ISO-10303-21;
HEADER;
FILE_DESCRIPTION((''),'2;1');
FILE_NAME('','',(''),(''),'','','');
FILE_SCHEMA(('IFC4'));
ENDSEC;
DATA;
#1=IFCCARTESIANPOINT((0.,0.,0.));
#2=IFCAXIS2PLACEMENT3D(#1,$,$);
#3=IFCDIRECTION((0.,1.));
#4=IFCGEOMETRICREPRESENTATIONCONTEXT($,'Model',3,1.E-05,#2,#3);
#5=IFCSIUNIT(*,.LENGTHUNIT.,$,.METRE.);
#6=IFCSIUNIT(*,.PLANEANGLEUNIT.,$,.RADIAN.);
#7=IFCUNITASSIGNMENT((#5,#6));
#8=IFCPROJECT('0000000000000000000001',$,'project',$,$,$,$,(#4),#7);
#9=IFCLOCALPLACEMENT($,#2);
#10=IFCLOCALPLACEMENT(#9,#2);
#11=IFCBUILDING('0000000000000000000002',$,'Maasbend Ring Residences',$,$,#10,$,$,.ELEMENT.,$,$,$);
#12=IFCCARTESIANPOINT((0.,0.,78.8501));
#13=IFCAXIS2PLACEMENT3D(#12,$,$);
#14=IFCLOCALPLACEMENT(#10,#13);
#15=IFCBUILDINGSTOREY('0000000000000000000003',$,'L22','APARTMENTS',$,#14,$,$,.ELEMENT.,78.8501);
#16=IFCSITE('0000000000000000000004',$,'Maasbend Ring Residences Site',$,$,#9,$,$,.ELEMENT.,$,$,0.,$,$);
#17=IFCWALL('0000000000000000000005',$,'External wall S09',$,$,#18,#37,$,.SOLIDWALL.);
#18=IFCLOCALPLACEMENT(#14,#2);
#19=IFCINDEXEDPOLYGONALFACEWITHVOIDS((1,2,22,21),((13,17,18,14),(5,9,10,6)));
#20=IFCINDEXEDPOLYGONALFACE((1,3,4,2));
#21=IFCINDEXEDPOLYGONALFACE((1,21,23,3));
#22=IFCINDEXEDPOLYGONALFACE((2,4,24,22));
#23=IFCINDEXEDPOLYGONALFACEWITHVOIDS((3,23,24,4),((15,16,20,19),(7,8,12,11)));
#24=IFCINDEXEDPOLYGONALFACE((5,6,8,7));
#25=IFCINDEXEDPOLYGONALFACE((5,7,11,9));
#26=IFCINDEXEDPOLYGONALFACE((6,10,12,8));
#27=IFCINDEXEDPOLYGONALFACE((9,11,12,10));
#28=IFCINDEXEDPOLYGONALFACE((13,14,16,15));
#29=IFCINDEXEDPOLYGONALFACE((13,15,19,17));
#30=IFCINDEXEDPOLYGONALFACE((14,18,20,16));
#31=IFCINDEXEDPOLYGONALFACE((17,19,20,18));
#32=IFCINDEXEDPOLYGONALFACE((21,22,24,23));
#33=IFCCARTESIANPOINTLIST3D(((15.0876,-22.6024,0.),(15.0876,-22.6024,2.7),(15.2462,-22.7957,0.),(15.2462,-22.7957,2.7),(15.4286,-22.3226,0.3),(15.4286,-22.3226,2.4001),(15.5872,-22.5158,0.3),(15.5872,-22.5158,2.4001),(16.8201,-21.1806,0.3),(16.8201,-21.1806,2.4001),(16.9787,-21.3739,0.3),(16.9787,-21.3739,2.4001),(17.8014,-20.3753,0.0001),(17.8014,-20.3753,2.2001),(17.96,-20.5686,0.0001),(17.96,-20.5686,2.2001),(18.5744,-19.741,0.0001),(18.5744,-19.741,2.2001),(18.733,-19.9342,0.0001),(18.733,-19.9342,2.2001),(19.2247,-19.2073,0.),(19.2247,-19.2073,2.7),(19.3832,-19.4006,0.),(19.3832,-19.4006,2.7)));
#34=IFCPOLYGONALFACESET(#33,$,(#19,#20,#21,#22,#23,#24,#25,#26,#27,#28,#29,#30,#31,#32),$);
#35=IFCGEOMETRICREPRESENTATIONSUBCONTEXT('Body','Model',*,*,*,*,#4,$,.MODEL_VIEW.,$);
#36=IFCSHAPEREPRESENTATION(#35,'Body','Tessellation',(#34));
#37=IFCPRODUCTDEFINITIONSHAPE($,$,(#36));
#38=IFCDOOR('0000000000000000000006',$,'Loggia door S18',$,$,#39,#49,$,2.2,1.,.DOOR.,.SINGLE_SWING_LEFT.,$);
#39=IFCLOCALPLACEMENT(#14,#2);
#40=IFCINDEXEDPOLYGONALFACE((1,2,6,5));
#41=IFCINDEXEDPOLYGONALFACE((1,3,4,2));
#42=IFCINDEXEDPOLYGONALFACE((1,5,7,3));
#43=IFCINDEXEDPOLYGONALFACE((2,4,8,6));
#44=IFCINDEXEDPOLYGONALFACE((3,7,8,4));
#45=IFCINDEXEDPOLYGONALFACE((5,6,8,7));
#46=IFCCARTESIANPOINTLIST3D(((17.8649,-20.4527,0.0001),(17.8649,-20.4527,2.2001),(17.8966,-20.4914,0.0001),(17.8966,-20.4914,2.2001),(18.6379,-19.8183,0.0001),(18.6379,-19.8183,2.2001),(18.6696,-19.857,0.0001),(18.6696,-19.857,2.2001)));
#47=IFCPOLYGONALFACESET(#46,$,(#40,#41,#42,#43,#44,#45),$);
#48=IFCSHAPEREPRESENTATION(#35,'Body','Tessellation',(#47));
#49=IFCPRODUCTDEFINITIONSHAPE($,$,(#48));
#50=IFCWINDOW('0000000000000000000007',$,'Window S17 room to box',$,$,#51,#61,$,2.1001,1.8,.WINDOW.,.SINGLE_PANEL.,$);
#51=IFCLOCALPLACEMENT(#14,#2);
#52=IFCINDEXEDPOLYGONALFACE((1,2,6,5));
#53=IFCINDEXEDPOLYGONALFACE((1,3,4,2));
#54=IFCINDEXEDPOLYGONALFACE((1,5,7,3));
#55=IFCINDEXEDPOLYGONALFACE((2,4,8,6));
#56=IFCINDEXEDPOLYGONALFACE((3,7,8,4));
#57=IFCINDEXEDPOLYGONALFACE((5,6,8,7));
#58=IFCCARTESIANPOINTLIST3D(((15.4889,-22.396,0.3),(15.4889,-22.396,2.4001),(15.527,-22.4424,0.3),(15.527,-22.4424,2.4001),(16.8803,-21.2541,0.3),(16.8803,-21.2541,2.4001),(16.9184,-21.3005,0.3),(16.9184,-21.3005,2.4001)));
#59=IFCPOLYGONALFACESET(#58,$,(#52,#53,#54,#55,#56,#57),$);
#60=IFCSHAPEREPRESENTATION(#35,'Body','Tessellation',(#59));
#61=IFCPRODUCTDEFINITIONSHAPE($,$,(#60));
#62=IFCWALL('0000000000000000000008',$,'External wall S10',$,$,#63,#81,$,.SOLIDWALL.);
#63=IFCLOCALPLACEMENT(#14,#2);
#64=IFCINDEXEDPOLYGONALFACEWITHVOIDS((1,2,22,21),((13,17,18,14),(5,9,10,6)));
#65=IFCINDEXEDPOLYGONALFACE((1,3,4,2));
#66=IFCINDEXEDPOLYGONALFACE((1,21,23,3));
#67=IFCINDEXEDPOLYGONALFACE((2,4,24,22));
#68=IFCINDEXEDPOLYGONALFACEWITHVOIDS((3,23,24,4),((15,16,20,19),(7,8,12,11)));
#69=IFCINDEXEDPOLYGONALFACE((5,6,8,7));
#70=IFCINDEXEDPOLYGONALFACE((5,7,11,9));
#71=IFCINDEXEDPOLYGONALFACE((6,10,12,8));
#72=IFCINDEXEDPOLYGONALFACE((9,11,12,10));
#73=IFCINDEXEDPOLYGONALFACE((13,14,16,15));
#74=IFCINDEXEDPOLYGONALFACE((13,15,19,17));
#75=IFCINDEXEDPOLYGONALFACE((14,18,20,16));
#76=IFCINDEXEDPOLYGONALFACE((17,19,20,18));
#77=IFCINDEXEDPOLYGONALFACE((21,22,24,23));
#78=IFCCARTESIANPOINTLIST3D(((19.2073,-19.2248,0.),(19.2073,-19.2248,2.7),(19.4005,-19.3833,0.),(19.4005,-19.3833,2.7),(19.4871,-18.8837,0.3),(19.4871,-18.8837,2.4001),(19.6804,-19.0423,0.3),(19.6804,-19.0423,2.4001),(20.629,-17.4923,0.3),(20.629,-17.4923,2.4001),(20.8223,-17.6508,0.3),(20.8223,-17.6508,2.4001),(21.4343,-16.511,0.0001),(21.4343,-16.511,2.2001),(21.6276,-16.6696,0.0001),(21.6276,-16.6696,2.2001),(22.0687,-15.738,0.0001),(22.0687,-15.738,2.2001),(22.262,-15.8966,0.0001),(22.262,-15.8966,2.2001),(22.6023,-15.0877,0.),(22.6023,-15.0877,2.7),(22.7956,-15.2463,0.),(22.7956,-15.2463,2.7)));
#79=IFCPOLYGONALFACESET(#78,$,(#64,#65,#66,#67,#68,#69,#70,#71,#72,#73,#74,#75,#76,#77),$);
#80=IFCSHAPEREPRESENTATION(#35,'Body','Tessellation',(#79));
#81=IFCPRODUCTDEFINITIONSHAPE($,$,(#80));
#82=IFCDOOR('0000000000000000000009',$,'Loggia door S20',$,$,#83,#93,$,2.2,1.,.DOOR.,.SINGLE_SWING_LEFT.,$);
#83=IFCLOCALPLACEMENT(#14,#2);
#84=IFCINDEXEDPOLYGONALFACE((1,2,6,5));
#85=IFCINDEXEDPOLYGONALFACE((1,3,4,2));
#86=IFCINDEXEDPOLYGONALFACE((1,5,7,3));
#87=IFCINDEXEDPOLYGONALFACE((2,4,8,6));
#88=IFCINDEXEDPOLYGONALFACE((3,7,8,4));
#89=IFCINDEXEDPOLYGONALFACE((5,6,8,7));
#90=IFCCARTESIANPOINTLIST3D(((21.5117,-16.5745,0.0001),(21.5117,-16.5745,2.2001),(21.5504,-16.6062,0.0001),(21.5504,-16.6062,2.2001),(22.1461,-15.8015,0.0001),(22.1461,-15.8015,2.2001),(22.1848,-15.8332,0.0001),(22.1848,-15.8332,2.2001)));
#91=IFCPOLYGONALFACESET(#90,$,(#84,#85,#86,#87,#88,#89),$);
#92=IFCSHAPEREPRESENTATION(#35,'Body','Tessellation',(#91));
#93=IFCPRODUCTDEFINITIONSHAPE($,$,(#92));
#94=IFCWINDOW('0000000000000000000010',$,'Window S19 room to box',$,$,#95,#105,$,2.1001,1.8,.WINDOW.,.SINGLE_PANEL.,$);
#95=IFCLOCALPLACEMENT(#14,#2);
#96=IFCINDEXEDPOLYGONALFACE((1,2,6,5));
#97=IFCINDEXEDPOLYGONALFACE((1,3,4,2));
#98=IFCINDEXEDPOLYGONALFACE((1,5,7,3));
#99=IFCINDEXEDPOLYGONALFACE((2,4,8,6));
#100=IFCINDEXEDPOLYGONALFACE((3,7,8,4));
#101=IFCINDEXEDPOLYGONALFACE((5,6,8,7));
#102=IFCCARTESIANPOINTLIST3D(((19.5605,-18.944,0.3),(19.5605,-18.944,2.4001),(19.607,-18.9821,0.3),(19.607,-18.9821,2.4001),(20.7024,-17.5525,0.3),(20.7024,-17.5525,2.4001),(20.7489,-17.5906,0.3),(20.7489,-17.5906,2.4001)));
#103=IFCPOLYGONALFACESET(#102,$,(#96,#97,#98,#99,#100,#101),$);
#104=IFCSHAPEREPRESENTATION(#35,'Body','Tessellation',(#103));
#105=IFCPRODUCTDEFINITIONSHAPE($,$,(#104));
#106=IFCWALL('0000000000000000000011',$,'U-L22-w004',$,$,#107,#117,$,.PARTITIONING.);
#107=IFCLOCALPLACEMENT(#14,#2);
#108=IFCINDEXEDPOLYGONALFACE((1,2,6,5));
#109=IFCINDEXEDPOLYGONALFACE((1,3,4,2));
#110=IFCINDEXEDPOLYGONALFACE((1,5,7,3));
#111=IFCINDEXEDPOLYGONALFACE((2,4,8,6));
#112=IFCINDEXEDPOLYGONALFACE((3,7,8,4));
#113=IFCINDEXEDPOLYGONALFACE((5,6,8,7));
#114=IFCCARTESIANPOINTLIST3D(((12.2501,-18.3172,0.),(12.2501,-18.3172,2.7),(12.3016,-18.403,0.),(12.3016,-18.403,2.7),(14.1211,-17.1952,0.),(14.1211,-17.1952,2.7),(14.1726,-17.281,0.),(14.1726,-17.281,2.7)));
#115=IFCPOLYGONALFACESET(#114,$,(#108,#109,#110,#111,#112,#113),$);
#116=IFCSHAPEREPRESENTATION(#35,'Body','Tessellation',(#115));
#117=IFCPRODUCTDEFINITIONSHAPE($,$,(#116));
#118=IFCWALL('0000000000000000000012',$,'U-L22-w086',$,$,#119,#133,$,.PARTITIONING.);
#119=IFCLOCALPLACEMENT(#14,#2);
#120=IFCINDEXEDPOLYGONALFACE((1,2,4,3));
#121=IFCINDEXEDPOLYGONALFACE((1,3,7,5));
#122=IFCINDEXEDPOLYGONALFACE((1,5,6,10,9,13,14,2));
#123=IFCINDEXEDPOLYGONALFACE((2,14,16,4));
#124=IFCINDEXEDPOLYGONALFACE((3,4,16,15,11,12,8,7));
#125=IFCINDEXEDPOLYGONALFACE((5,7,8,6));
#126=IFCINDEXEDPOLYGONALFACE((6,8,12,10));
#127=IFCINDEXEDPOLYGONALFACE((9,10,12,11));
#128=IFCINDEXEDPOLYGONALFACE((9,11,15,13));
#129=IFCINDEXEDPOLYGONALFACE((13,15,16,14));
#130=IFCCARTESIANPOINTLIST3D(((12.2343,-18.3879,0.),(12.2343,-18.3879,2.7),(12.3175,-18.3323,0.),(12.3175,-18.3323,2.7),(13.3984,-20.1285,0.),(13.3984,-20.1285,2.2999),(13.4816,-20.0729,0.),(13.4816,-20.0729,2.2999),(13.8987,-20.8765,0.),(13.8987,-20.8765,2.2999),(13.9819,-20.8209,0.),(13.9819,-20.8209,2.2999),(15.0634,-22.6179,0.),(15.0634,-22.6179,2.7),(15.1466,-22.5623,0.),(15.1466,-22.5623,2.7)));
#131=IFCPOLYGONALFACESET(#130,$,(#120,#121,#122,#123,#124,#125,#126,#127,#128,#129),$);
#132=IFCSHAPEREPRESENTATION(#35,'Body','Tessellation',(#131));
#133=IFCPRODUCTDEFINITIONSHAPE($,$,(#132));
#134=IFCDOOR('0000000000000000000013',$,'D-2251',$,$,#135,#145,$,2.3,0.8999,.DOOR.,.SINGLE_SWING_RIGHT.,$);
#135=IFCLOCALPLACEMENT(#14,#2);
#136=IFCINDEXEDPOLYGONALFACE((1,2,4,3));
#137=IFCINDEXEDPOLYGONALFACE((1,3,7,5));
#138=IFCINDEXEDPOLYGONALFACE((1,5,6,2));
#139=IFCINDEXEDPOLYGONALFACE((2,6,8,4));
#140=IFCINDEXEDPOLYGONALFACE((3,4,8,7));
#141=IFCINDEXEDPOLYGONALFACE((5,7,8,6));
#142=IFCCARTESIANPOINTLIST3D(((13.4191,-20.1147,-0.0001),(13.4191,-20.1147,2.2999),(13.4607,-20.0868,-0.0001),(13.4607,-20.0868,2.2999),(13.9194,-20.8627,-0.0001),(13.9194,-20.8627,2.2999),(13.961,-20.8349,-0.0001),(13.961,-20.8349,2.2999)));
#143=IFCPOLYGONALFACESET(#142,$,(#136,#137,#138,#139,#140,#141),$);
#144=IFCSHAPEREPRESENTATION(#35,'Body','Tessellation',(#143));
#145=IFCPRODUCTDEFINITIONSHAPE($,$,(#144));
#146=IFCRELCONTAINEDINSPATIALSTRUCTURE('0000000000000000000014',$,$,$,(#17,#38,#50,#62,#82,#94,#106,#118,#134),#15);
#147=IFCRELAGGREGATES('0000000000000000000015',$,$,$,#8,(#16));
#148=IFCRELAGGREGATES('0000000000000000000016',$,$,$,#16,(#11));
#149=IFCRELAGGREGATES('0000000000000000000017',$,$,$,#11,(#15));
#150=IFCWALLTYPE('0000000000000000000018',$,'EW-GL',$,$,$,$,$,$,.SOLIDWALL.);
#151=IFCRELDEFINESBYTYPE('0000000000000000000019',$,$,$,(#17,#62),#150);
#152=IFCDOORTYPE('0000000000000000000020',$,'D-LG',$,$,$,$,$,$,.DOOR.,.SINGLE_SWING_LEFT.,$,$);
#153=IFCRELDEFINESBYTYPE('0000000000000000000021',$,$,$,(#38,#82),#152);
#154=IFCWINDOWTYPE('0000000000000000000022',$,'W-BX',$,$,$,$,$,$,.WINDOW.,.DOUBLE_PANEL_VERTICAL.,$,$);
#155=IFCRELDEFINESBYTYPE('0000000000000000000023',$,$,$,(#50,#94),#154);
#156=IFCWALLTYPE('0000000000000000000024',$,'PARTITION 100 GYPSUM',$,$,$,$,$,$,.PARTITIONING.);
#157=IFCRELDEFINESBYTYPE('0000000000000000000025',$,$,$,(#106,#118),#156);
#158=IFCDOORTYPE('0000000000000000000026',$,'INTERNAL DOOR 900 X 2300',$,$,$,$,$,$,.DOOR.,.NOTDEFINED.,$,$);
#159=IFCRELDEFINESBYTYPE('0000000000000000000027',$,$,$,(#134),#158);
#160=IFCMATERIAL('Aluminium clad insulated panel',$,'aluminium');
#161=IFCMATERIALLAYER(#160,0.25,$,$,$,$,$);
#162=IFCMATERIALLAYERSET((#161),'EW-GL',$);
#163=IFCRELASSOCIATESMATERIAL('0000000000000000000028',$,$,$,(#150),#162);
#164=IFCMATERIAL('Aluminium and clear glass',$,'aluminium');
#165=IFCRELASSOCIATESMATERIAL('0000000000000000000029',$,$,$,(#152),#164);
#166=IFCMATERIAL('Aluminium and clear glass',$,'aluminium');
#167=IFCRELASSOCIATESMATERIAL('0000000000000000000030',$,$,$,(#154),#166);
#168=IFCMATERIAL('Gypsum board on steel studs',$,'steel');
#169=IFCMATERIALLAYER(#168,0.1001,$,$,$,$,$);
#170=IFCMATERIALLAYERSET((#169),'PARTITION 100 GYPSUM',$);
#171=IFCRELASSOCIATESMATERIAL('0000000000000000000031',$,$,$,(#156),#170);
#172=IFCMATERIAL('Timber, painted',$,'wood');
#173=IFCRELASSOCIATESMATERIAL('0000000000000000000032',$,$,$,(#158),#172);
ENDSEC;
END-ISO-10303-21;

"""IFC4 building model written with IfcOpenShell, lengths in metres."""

from ifc_helpers import new_model, si_unit, direction, frame, frame_2d, origin, place, context, subcontext, project, spatial, rectangle, extrude, material, layer, layer_set, type_object, element, fill, save


model = new_model("IFC4")

# Units and contexts
model_context = context("Model", 3, precision=1e-05, world=origin(), true_north=direction((0.0, 1.0)))
body_context = subcontext(model_context, "Body", "Model", "MODEL_VIEW")
ifc_project = project(units=[si_unit("LENGTHUNIT", "METRE"), si_unit("PLANEANGLEUNIT", "RADIAN")], contexts=[model_context])

# Site, building, storey
site_placement = place(None, origin())
site = spatial("IfcSite", under=ifc_project, at=site_placement, Name="Maasbend Ring Residences Site", CompositionType="ELEMENT", RefElevation=0.0)
building_placement = place(site_placement, origin())
building = spatial("IfcBuilding", under=site, at=building_placement, Name="Maasbend Ring Residences", CompositionType="ELEMENT")
storey_placement = place(building_placement, frame((0.0, 0.0, 78.8501)))
storey = spatial("IfcBuildingStorey", under=building, at=storey_placement, Name="L22", Description="APARTMENTS", CompositionType="ELEMENT", Elevation=78.8501)

# Walls, openings, doors, windows
ifc_material_1 = material(Name="Aluminium clad insulated panel", Category="aluminium")
ifc_layer_1 = layer(ifc_material_1, 0.25)
ifc_layer_set_1 = layer_set([ifc_layer_1], Name="EW-GL")
wall_type_1 = type_object("IfcWallType", Name="EW-GL", PredefinedType="SOLIDWALL", material=ifc_layer_set_1)
wall_1_placement = place(storey_placement, frame((15.167, -22.699, 0.0), z_axis=(0.0, 0.0, 1.0), x_axis=(0.773019, 0.634382, 0.0)))
wall_1 = element("IfcWall", 1, at=wall_1_placement, inside=storey, type_object=wall_type_1, Name="External wall S09", PredefinedType="SOLIDWALL", context=body_context, shape_type="SweptSolid", body=[
    extrude(rectangle(XDim=5.3518, YDim=0.25, at=frame_2d((2.6758, 0.0))), origin(), (0.0, 0.0, 1.0), 2.7),
])
opening_1_placement = place(wall_1_placement, frame((0.4412, 0.0, 0.3)))
opening_1 = element("IfcOpeningElement", 2, at=opening_1_placement, cuts=wall_1, PredefinedType="OPENING", context=body_context, shape_type="SweptSolid", body=[
    extrude(rectangle(XDim=1.8, YDim=2.1001, at=frame_2d((0.8999, 1.05))), frame((0.0, 0.135, 0.0), z_axis=(0.0, -1.0, 0.0), x_axis=(1.0, 0.0, 0.0)), (0.0, 0.0, 1.0), 0.27),
])
opening_2_placement = place(wall_1_placement, frame((3.5105, 0.0, 0.0)))
opening_2 = element("IfcOpeningElement", 3, at=opening_2_placement, cuts=wall_1, PredefinedType="OPENING", context=body_context, shape_type="SweptSolid", body=[
    extrude(rectangle(XDim=1.0, YDim=2.2, at=frame_2d((0.5, 1.1001))), frame((0.0, 0.135, 0.0), z_axis=(0.0, -1.0, 0.0), x_axis=(1.0, 0.0, 0.0)), (0.0, 0.0, 1.0), 0.27),
])
ifc_material_2 = material(Name="Aluminium and clear glass", Category="aluminium")
door_type_1 = type_object("IfcDoorType", Name="D-LG", OperationType="SINGLE_SWING_LEFT", PredefinedType="DOOR", material=ifc_material_2)
door_1_placement = place(opening_2_placement, origin())
door_1 = element("IfcDoor", 4, at=door_1_placement, inside=storey, type_object=door_type_1, Name="Loggia door S18", OperationType="SINGLE_SWING_LEFT", OverallHeight=2.2, OverallWidth=1.0, PredefinedType="DOOR", context=body_context, shape_type="SweptSolid", body=[
    extrude(rectangle(XDim=1.0, YDim=2.2, at=frame_2d((0.5, 1.1001))), frame((0.0, 0.0249, 0.0), z_axis=(0.0, -1.0, 0.0), x_axis=(1.0, 0.0, 0.0)), (0.0, 0.0, 1.0), 0.05),
])
fill(opening_2, door_1)
ifc_material_3 = material(Name="Aluminium and clear glass", Category="aluminium")
window_type_1 = type_object("IfcWindowType", Name="W-BX", PartitioningType="DOUBLE_PANEL_VERTICAL", PredefinedType="WINDOW", material=ifc_material_3)
window_1_placement = place(opening_1_placement, origin())
window_1 = element("IfcWindow", 5, at=window_1_placement, inside=storey, type_object=window_type_1, Name="Window S17 room to box", OverallHeight=2.1001, OverallWidth=1.8, PartitioningType="SINGLE_PANEL", PredefinedType="WINDOW", context=body_context, shape_type="SweptSolid", body=[
    extrude(rectangle(XDim=1.8, YDim=2.1001, at=frame_2d((0.8999, 1.05))), frame((0.0, 0.03, 0.0), z_axis=(0.0, -1.0, 0.0), x_axis=(1.0, 0.0, 0.0)), (0.0, 0.0, 1.0), 0.0601),
])
fill(opening_1, window_1)
wall_2_placement = place(storey_placement, frame((19.304, -19.304, 0.0), z_axis=(0.0, 0.0, 1.0), x_axis=(0.634382, 0.773019, 0.0)))
wall_2 = element("IfcWall", 6, at=wall_2_placement, inside=storey, type_object=wall_type_1, Name="External wall S10", PredefinedType="SOLIDWALL", context=body_context, shape_type="SweptSolid", body=[
    extrude(rectangle(XDim=5.3518, YDim=0.25, at=frame_2d((2.6758, 0.0))), origin(), (0.0, 0.0, 1.0), 2.7),
])
opening_3_placement = place(wall_2_placement, frame((0.4412, 0.0, 0.3)))
opening_3 = element("IfcOpeningElement", 7, at=opening_3_placement, cuts=wall_2, PredefinedType="OPENING", context=body_context, shape_type="SweptSolid", body=[
    extrude(rectangle(XDim=1.8, YDim=2.1001, at=frame_2d((0.8999, 1.05))), frame((0.0, 0.135, 0.0), z_axis=(0.0, -1.0, 0.0), x_axis=(1.0, 0.0, 0.0)), (0.0, 0.0, 1.0), 0.27),
])
opening_4_placement = place(wall_2_placement, frame((3.5105, 0.0, 0.0)))
opening_4 = element("IfcOpeningElement", 8, at=opening_4_placement, cuts=wall_2, PredefinedType="OPENING", context=body_context, shape_type="SweptSolid", body=[
    extrude(rectangle(XDim=1.0, YDim=2.2, at=frame_2d((0.5, 1.1001))), frame((0.0, 0.135, 0.0), z_axis=(0.0, -1.0, 0.0), x_axis=(1.0, 0.0, 0.0)), (0.0, 0.0, 1.0), 0.27),
])
door_2_placement = place(opening_4_placement, origin())
door_2 = element("IfcDoor", 9, at=door_2_placement, inside=storey, type_object=door_type_1, Name="Loggia door S20", OperationType="SINGLE_SWING_LEFT", OverallHeight=2.2, OverallWidth=1.0, PredefinedType="DOOR", context=body_context, shape_type="SweptSolid", body=[
    extrude(rectangle(XDim=1.0, YDim=2.2, at=frame_2d((0.5, 1.1001))), frame((0.0, 0.0249, 0.0), z_axis=(0.0, -1.0, 0.0), x_axis=(1.0, 0.0, 0.0)), (0.0, 0.0, 1.0), 0.05),
])
fill(opening_4, door_2)
window_2_placement = place(opening_3_placement, origin())
window_2 = element("IfcWindow", 10, at=window_2_placement, inside=storey, type_object=window_type_1, Name="Window S19 room to box", OverallHeight=2.1001, OverallWidth=1.8, PartitioningType="SINGLE_PANEL", PredefinedType="WINDOW", context=body_context, shape_type="SweptSolid", body=[
    extrude(rectangle(XDim=1.8, YDim=2.1001, at=frame_2d((0.8999, 1.05))), frame((0.0, 0.03, 0.0), z_axis=(0.0, -1.0, 0.0), x_axis=(1.0, 0.0, 0.0)), (0.0, 0.0, 1.0), 0.0601),
])
fill(opening_3, window_2)

# Wall
ifc_material_4 = material(Name="Gypsum board on steel studs", Category="steel")
ifc_layer_2 = layer(ifc_material_4, 0.1001)
ifc_layer_set_2 = layer_set([ifc_layer_2], Name="PARTITION 100 GYPSUM")
wall_type_2 = type_object("IfcWallType", Name="PARTITION 100 GYPSUM", PredefinedType="PARTITIONING", material=ifc_layer_set_2)
wall_3_placement = place(storey_placement, frame((12.2759, -18.3601, 0.0), z_axis=(0.0, 0.0, 1.0), x_axis=(0.857611, 0.514298, 0.0)))
element("IfcWall", 11, at=wall_3_placement, inside=storey, type_object=wall_type_2, Name="U-L22-w004", PredefinedType="PARTITIONING", context=body_context, shape_type="SweptSolid", body=[
    extrude(rectangle(XDim=2.1816, YDim=0.1001, at=frame_2d((1.0908, 0.0))), origin(), (0.0, 0.0, 1.0), 2.7),
])

# Wall, opening, door
wall_4_placement = place(storey_placement, frame((12.2759, -18.3601, 0.0), z_axis=(0.0, 0.0, 1.0), x_axis=(0.55594, -0.831223, 0.0)))
wall_4 = element("IfcWall", 12, at=wall_4_placement, inside=storey, type_object=wall_type_2, Name="U-L22-w086", PredefinedType="PARTITIONING", context=body_context, shape_type="SweptSolid", body=[
    extrude(rectangle(XDim=5.0889, YDim=0.1001, at=frame_2d((2.5444, 0.0))), origin(), (0.0, 0.0, 1.0), 2.7),
])
opening_5_placement = place(wall_4_placement, frame((2.094, 0.0, 0.0)))
opening_5 = element("IfcOpeningElement", 13, at=opening_5_placement, cuts=wall_4, PredefinedType="OPENING", context=body_context, shape_type="SweptSolid", body=[
    extrude(rectangle(XDim=0.8999, YDim=2.3, at=frame_2d((0.45, 1.1499))), frame((0.0, 0.0601, 0.0), z_axis=(0.0, -1.0, 0.0), x_axis=(1.0, 0.0, 0.0)), (0.0, 0.0, 1.0), 0.1201),
])
ifc_material_5 = material(Name="Timber, painted", Category="wood")
door_type_2 = type_object("IfcDoorType", Name="INTERNAL DOOR 900 X 2300", OperationType="NOTDEFINED", PredefinedType="DOOR", material=ifc_material_5)
door_3_placement = place(opening_5_placement, origin())
door_3 = element("IfcDoor", 14, at=door_3_placement, inside=storey, type_object=door_type_2, Name="D-2251", OperationType="SINGLE_SWING_RIGHT", OverallHeight=2.3, OverallWidth=0.8999, PredefinedType="DOOR", context=body_context, shape_type="SweptSolid", body=[
    extrude(rectangle(XDim=0.8999, YDim=2.3, at=frame_2d((0.45, 1.1499))), frame((0.0, 0.0249, 0.0), z_axis=(0.0, -1.0, 0.0), x_axis=(1.0, 0.0, 0.0)), (0.0, 0.0, 1.0), 0.05),
])
fill(opening_5, door_3)

save(model, "model.ifc")
